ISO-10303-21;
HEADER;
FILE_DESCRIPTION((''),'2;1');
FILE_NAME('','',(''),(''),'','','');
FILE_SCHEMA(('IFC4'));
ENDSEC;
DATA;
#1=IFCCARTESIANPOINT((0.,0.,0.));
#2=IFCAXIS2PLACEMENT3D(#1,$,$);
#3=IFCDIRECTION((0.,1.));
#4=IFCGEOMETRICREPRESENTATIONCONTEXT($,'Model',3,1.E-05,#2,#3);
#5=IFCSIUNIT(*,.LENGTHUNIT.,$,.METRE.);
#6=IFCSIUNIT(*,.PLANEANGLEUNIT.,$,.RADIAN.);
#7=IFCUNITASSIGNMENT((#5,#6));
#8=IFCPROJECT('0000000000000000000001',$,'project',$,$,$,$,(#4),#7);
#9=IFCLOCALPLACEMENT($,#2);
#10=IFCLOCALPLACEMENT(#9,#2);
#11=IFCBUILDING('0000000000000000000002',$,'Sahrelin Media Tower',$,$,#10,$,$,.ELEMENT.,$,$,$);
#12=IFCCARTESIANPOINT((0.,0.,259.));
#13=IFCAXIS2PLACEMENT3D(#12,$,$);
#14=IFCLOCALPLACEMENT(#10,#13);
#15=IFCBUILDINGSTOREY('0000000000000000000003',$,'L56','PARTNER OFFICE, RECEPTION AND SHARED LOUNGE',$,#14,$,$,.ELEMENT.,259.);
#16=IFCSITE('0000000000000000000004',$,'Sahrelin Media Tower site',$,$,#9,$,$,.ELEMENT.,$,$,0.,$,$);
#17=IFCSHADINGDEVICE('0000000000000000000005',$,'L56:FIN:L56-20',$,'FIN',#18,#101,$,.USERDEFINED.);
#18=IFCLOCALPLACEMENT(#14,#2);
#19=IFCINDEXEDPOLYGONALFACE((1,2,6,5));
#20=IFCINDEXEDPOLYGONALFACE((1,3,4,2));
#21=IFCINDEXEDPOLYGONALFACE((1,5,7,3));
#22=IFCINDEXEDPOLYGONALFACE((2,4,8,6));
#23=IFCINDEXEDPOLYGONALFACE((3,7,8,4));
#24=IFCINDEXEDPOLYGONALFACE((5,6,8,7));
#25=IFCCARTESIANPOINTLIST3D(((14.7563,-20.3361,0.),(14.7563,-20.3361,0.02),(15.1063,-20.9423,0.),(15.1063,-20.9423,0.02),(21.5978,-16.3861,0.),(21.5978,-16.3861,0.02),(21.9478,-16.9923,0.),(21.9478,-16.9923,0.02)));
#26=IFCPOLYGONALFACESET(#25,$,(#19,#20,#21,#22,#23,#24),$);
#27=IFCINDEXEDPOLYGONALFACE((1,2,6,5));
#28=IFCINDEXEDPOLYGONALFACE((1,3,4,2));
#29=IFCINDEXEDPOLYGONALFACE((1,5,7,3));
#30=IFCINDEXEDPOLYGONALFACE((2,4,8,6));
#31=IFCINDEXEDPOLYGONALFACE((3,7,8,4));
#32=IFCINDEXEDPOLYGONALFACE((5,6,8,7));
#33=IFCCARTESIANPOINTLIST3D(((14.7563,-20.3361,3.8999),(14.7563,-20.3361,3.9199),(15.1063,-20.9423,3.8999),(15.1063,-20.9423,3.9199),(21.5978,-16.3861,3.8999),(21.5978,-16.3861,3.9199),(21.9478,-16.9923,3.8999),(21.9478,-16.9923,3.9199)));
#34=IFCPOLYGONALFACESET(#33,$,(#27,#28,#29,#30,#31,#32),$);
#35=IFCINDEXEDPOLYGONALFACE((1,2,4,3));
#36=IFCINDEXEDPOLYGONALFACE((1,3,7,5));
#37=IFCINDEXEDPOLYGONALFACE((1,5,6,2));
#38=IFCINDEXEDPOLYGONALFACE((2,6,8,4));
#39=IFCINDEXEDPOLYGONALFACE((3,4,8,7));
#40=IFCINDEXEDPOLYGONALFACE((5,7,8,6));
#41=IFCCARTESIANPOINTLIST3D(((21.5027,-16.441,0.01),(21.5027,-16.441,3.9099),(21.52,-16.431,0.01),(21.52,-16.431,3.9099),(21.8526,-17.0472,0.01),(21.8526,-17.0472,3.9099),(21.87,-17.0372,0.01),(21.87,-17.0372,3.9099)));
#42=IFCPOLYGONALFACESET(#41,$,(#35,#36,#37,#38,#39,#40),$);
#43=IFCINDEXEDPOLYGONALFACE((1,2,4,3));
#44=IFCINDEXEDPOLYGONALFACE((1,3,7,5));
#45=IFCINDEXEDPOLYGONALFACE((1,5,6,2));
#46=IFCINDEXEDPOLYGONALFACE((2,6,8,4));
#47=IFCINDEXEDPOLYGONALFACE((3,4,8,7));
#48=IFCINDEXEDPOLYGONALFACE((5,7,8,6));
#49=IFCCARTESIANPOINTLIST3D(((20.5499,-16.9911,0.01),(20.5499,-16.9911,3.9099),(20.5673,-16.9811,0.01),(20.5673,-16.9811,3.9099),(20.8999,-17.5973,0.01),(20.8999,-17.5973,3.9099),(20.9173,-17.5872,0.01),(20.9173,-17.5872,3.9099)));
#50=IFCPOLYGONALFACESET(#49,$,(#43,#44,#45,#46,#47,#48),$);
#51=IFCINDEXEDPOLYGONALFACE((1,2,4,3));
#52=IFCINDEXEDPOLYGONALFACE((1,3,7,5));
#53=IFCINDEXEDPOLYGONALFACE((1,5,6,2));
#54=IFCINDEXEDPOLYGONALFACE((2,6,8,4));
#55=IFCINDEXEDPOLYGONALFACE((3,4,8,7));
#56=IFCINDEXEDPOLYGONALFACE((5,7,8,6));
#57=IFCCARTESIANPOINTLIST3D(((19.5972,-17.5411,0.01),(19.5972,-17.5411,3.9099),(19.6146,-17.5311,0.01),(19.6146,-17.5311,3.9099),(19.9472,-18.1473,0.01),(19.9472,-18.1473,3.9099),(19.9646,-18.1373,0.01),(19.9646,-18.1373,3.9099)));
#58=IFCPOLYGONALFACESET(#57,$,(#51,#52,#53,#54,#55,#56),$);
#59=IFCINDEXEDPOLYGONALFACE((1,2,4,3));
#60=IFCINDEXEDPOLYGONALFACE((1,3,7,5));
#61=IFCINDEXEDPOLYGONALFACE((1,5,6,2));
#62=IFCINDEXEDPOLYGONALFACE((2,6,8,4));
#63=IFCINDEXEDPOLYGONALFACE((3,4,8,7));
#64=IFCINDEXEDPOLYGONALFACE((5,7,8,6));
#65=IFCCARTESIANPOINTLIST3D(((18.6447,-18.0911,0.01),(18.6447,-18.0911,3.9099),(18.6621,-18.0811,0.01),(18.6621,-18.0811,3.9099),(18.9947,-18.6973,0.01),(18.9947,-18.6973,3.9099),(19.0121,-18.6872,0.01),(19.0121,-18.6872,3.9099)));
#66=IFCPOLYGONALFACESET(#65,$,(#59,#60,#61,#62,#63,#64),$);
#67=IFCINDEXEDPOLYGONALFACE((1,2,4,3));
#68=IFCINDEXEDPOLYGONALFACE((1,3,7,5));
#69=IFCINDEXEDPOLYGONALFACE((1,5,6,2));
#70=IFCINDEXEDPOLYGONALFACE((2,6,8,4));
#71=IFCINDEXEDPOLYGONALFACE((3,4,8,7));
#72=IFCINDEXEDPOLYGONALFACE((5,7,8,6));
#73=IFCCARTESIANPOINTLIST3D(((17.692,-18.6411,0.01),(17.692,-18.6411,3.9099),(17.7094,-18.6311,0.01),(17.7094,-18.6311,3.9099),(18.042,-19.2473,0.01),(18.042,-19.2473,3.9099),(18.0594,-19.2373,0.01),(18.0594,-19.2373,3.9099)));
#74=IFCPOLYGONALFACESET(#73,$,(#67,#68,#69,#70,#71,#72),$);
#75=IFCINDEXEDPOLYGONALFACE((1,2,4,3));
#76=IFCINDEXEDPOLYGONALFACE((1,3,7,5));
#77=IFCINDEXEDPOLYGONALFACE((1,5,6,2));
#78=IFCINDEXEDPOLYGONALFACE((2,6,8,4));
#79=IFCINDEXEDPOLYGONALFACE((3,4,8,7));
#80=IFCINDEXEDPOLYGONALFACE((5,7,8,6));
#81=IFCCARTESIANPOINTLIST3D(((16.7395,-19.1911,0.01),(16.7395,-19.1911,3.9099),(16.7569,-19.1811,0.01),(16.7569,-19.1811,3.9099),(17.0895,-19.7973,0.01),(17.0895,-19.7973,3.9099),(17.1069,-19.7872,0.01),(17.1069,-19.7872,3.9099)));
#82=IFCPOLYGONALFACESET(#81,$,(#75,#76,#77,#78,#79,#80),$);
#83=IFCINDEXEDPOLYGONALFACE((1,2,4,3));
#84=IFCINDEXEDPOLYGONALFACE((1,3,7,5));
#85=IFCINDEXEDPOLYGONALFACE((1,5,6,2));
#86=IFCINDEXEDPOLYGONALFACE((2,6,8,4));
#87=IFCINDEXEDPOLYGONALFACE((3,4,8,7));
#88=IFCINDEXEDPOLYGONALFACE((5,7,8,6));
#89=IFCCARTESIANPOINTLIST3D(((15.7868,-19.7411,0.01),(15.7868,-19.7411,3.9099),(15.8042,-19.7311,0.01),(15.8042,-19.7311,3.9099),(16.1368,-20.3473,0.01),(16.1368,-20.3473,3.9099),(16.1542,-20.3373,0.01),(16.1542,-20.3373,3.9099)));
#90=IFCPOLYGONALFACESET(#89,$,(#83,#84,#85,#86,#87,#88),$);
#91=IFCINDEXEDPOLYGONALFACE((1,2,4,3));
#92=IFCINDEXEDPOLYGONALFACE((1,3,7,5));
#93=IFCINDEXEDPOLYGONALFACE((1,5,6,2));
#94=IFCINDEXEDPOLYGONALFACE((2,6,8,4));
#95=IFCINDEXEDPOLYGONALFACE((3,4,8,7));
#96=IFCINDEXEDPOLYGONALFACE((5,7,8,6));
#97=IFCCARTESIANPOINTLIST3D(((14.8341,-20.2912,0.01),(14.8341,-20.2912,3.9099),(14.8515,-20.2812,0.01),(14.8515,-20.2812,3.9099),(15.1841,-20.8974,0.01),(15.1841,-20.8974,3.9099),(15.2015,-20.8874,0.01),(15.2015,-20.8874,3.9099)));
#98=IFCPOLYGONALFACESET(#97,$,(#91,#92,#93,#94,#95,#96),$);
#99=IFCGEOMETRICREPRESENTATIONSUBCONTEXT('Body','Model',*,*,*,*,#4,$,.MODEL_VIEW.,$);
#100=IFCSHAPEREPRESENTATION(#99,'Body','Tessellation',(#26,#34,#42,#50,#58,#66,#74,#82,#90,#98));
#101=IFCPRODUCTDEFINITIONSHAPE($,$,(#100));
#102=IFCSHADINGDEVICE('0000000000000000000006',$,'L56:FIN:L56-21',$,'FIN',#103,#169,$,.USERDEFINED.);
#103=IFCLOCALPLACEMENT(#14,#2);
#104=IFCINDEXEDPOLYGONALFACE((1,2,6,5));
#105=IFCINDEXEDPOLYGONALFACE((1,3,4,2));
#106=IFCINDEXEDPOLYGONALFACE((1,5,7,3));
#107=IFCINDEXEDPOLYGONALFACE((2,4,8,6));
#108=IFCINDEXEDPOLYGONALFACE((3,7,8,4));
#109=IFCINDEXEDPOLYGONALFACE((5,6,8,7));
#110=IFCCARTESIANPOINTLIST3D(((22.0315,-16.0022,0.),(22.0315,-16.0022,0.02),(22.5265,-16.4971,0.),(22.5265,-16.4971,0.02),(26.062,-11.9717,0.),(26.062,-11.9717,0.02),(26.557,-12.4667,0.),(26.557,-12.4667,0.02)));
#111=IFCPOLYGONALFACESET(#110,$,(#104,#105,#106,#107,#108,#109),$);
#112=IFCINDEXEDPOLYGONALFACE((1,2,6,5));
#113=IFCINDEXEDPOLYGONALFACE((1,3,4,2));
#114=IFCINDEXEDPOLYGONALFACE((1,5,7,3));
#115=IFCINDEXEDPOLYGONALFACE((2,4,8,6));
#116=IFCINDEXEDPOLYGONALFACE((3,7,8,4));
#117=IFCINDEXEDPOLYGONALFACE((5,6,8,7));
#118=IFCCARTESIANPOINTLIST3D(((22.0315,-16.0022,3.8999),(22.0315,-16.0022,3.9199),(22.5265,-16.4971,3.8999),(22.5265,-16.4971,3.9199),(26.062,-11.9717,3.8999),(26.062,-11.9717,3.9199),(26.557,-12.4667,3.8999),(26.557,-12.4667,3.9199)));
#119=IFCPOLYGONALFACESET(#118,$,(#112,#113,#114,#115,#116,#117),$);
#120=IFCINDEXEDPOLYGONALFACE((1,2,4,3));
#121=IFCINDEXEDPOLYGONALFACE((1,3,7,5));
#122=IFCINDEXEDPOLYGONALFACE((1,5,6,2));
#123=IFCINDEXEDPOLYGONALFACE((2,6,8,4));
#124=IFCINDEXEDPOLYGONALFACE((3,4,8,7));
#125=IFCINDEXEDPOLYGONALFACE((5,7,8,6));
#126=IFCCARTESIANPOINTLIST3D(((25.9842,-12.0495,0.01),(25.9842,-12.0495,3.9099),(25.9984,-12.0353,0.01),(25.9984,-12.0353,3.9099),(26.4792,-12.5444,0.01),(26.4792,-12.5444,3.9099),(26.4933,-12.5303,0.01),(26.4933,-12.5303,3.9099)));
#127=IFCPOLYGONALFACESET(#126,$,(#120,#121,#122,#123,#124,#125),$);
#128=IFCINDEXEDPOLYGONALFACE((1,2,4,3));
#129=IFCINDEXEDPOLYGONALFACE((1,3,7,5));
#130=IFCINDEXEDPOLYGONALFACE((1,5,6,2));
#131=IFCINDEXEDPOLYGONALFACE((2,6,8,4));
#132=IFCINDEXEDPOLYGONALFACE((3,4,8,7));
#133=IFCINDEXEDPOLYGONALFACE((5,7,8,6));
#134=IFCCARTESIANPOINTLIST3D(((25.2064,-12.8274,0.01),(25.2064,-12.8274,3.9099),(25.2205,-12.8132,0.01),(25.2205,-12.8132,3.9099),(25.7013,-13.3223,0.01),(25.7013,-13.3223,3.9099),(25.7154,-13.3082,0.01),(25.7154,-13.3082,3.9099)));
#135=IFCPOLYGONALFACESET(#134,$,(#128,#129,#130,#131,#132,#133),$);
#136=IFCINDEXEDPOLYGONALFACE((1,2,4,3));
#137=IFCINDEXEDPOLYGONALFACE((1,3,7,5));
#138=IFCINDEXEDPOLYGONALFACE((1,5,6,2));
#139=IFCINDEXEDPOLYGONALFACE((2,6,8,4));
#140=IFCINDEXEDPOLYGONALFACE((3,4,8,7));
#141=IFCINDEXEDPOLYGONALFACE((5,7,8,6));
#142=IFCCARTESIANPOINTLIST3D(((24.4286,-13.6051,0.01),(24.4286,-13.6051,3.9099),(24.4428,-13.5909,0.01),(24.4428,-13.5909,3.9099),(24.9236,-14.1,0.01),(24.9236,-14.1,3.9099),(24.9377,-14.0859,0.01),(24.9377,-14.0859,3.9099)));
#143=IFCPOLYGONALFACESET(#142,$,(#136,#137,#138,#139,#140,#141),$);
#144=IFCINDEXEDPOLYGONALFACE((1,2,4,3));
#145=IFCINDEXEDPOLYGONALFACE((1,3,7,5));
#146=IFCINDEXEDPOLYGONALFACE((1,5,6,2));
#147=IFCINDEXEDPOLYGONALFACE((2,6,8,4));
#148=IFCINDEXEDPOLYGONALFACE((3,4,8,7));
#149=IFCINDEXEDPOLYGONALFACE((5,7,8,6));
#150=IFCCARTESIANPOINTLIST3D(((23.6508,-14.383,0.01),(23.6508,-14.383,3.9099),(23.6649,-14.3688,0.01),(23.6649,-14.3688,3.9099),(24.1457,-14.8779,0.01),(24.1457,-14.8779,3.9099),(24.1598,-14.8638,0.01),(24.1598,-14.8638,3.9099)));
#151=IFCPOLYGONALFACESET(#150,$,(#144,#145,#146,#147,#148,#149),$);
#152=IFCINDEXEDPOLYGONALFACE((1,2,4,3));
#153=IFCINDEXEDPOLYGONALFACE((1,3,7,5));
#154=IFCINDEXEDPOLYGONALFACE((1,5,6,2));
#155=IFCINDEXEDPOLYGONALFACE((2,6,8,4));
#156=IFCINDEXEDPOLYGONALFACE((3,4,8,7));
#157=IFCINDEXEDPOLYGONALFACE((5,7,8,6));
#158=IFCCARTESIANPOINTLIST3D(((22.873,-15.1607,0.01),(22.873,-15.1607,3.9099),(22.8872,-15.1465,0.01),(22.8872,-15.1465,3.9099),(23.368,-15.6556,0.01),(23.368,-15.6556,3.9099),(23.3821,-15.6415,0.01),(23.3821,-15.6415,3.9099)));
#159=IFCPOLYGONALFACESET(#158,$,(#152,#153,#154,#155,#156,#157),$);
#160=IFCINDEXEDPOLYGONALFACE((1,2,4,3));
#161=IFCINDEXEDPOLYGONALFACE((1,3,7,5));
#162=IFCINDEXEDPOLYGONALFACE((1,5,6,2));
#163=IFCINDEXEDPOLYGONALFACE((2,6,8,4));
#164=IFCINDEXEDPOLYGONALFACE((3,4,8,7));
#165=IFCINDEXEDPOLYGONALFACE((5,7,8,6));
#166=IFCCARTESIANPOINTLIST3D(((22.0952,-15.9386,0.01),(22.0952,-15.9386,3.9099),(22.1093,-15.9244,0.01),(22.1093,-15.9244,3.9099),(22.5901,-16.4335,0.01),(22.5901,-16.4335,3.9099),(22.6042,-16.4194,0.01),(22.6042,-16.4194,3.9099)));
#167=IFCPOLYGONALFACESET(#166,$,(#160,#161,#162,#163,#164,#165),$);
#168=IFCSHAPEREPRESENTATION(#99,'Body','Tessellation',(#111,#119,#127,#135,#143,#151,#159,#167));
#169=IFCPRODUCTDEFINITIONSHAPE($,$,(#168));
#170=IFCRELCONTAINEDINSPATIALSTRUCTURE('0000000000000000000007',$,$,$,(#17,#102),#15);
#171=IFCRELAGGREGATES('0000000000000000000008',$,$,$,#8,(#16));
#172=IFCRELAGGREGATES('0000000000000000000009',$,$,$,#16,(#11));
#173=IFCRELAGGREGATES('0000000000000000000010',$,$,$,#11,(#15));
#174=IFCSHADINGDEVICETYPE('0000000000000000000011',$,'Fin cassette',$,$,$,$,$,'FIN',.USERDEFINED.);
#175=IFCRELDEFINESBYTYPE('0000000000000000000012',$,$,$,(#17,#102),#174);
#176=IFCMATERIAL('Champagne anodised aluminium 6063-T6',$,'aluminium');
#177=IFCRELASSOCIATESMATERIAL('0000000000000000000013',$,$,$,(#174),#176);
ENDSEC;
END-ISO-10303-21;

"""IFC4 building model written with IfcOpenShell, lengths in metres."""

from ifc_helpers import new_model, si_unit, direction, frame, origin, origin_2d, place, context, subcontext, project, spatial, rectangle, extrude, material, type_object, element, save


model = new_model("IFC4")

# Units and contexts
model_context = context("Model", 3, precision=1e-05, world=origin(), true_north=direction((0.0, 1.0)))
body_context = subcontext(model_context, "Body", "Model", "MODEL_VIEW")
ifc_project = project(units=[si_unit("LENGTHUNIT", "METRE"), si_unit("PLANEANGLEUNIT", "RADIAN")], contexts=[model_context])

# Site, building, storey
site_placement = place(None, origin())
site = spatial("IfcSite", under=ifc_project, at=site_placement, Name="Sahrelin Media Tower site", CompositionType="ELEMENT", RefElevation=0.0)
building_placement = place(site_placement, origin())
building = spatial("IfcBuilding", under=site, at=building_placement, Name="Sahrelin Media Tower", CompositionType="ELEMENT")
storey_placement = place(building_placement, frame((0.0, 0.0, 259.0)))
storey = spatial("IfcBuildingStorey", under=building, at=storey_placement, Name="L56", Description="PARTNER OFFICE, RECEPTION AND SHARED LOUNGE", CompositionType="ELEMENT", Elevation=259.0)

# Shared definitions
ifc_material_1 = material(Name="Champagne anodised aluminium 6063-T6", Category="aluminium")

# Shading devices
shading_device_type_1 = type_object("IfcShadingDeviceType", Name="Fin cassette", ElementType="FIN", PredefinedType="USERDEFINED", material=ifc_material_1)
placement_1 = place(storey_placement, frame((18.1421, -18.3005, 0.0), z_axis=(0.0, 0.0, 1.0), x_axis=(-0.866019, -0.500011, 0.0)))
element("IfcShadingDevice", 1, at=placement_1, inside=storey, type_object=shading_device_type_1, Name="L56:FIN:L56-20", ObjectType="FIN", PredefinedType="USERDEFINED", context=body_context, shape_type="SweptSolid", body=[
    extrude(rectangle(XDim=7.8999, YDim=0.7, at=origin_2d()), frame((0.0, 0.4199, 0.0)), (0.0, 0.0, 1.0), 0.02),
    extrude(rectangle(XDim=7.8999, YDim=0.7, at=origin_2d()), frame((0.0, 0.4199, 3.8999)), (0.0, 0.0, 1.0), 0.02),
    extrude(rectangle(XDim=0.02, YDim=0.7, at=origin_2d()), frame((-3.8501, 0.4199, 0.01), z_axis=(0.0, 0.0, 1.0), x_axis=(1.0, 0.0, 0.0)), (0.0, 0.0, 1.0), 3.8999),
    extrude(rectangle(XDim=0.02, YDim=0.7, at=origin_2d()), frame((-2.75, 0.4199, 0.01), z_axis=(0.0, 0.0, 1.0), x_axis=(1.0, 0.0, 0.0)), (0.0, 0.0, 1.0), 3.8999),
    extrude(rectangle(XDim=0.02, YDim=0.7, at=origin_2d()), frame((-1.6499, 0.4199, 0.01), z_axis=(0.0, 0.0, 1.0), x_axis=(1.0, 0.0, 0.0)), (0.0, 0.0, 1.0), 3.8999),
    extrude(rectangle(XDim=0.02, YDim=0.7, at=origin_2d()), frame((-0.55, 0.4199, 0.01), z_axis=(0.0, 0.0, 1.0), x_axis=(1.0, 0.0, 0.0)), (0.0, 0.0, 1.0), 3.8999),
    extrude(rectangle(XDim=0.02, YDim=0.7, at=origin_2d()), frame((0.55, 0.4199, 0.01), z_axis=(0.0, 0.0, 1.0), x_axis=(1.0, 0.0, 0.0)), (0.0, 0.0, 1.0), 3.8999),
    extrude(rectangle(XDim=0.02, YDim=0.7, at=origin_2d()), frame((1.6499, 0.4199, 0.01), z_axis=(0.0, 0.0, 1.0), x_axis=(1.0, 0.0, 0.0)), (0.0, 0.0, 1.0), 3.8999),
    extrude(rectangle(XDim=0.02, YDim=0.7, at=origin_2d()), frame((2.75, 0.4199, 0.01), z_axis=(0.0, 0.0, 1.0), x_axis=(1.0, 0.0, 0.0)), (0.0, 0.0, 1.0), 3.8999),
    extrude(rectangle(XDim=0.02, YDim=0.7, at=origin_2d()), frame((3.8501, 0.4199, 0.01), z_axis=(0.0, 0.0, 1.0), x_axis=(1.0, 0.0, 0.0)), (0.0, 0.0, 1.0), 3.8999),
])
placement_2 = place(storey_placement, frame((23.9973, -13.9375, 0.0), z_axis=(0.0, 0.0, 1.0), x_axis=(-0.707107, -0.707107, 0.0)))
element("IfcShadingDevice", 2, at=placement_2, inside=storey, type_object=shading_device_type_1, Name="L56:FIN:L56-21", ObjectType="FIN", PredefinedType="USERDEFINED", context=body_context, shape_type="SweptSolid", body=[
    extrude(rectangle(XDim=5.7, YDim=0.7, at=origin_2d()), frame((0.0, 0.4199, 0.0)), (0.0, 0.0, 1.0), 0.02),
    extrude(rectangle(XDim=5.7, YDim=0.7, at=origin_2d()), frame((0.0, 0.4199, 3.8999)), (0.0, 0.0, 1.0), 0.02),
    extrude(rectangle(XDim=0.02, YDim=0.7, at=origin_2d()), frame((-2.75, 0.4199, 0.01), z_axis=(0.0, 0.0, 1.0), x_axis=(1.0, 0.0, 0.0)), (0.0, 0.0, 1.0), 3.8999),
    extrude(rectangle(XDim=0.02, YDim=0.7, at=origin_2d()), frame((-1.6499, 0.4199, 0.01), z_axis=(0.0, 0.0, 1.0), x_axis=(1.0, 0.0, 0.0)), (0.0, 0.0, 1.0), 3.8999),
    extrude(rectangle(XDim=0.02, YDim=0.7, at=origin_2d()), frame((-0.55, 0.4199, 0.01), z_axis=(0.0, 0.0, 1.0), x_axis=(1.0, 0.0, 0.0)), (0.0, 0.0, 1.0), 3.8999),
    extrude(rectangle(XDim=0.02, YDim=0.7, at=origin_2d()), frame((0.55, 0.4199, 0.01), z_axis=(0.0, 0.0, 1.0), x_axis=(1.0, 0.0, 0.0)), (0.0, 0.0, 1.0), 3.8999),
    extrude(rectangle(XDim=0.02, YDim=0.7, at=origin_2d()), frame((1.6499, 0.4199, 0.01), z_axis=(0.0, 0.0, 1.0), x_axis=(1.0, 0.0, 0.0)), (0.0, 0.0, 1.0), 3.8999),
    extrude(rectangle(XDim=0.02, YDim=0.7, at=origin_2d()), frame((2.75, 0.4199, 0.01), z_axis=(0.0, 0.0, 1.0), x_axis=(1.0, 0.0, 0.0)), (0.0, 0.0, 1.0), 3.8999),
])

save(model, "model.ifc")
